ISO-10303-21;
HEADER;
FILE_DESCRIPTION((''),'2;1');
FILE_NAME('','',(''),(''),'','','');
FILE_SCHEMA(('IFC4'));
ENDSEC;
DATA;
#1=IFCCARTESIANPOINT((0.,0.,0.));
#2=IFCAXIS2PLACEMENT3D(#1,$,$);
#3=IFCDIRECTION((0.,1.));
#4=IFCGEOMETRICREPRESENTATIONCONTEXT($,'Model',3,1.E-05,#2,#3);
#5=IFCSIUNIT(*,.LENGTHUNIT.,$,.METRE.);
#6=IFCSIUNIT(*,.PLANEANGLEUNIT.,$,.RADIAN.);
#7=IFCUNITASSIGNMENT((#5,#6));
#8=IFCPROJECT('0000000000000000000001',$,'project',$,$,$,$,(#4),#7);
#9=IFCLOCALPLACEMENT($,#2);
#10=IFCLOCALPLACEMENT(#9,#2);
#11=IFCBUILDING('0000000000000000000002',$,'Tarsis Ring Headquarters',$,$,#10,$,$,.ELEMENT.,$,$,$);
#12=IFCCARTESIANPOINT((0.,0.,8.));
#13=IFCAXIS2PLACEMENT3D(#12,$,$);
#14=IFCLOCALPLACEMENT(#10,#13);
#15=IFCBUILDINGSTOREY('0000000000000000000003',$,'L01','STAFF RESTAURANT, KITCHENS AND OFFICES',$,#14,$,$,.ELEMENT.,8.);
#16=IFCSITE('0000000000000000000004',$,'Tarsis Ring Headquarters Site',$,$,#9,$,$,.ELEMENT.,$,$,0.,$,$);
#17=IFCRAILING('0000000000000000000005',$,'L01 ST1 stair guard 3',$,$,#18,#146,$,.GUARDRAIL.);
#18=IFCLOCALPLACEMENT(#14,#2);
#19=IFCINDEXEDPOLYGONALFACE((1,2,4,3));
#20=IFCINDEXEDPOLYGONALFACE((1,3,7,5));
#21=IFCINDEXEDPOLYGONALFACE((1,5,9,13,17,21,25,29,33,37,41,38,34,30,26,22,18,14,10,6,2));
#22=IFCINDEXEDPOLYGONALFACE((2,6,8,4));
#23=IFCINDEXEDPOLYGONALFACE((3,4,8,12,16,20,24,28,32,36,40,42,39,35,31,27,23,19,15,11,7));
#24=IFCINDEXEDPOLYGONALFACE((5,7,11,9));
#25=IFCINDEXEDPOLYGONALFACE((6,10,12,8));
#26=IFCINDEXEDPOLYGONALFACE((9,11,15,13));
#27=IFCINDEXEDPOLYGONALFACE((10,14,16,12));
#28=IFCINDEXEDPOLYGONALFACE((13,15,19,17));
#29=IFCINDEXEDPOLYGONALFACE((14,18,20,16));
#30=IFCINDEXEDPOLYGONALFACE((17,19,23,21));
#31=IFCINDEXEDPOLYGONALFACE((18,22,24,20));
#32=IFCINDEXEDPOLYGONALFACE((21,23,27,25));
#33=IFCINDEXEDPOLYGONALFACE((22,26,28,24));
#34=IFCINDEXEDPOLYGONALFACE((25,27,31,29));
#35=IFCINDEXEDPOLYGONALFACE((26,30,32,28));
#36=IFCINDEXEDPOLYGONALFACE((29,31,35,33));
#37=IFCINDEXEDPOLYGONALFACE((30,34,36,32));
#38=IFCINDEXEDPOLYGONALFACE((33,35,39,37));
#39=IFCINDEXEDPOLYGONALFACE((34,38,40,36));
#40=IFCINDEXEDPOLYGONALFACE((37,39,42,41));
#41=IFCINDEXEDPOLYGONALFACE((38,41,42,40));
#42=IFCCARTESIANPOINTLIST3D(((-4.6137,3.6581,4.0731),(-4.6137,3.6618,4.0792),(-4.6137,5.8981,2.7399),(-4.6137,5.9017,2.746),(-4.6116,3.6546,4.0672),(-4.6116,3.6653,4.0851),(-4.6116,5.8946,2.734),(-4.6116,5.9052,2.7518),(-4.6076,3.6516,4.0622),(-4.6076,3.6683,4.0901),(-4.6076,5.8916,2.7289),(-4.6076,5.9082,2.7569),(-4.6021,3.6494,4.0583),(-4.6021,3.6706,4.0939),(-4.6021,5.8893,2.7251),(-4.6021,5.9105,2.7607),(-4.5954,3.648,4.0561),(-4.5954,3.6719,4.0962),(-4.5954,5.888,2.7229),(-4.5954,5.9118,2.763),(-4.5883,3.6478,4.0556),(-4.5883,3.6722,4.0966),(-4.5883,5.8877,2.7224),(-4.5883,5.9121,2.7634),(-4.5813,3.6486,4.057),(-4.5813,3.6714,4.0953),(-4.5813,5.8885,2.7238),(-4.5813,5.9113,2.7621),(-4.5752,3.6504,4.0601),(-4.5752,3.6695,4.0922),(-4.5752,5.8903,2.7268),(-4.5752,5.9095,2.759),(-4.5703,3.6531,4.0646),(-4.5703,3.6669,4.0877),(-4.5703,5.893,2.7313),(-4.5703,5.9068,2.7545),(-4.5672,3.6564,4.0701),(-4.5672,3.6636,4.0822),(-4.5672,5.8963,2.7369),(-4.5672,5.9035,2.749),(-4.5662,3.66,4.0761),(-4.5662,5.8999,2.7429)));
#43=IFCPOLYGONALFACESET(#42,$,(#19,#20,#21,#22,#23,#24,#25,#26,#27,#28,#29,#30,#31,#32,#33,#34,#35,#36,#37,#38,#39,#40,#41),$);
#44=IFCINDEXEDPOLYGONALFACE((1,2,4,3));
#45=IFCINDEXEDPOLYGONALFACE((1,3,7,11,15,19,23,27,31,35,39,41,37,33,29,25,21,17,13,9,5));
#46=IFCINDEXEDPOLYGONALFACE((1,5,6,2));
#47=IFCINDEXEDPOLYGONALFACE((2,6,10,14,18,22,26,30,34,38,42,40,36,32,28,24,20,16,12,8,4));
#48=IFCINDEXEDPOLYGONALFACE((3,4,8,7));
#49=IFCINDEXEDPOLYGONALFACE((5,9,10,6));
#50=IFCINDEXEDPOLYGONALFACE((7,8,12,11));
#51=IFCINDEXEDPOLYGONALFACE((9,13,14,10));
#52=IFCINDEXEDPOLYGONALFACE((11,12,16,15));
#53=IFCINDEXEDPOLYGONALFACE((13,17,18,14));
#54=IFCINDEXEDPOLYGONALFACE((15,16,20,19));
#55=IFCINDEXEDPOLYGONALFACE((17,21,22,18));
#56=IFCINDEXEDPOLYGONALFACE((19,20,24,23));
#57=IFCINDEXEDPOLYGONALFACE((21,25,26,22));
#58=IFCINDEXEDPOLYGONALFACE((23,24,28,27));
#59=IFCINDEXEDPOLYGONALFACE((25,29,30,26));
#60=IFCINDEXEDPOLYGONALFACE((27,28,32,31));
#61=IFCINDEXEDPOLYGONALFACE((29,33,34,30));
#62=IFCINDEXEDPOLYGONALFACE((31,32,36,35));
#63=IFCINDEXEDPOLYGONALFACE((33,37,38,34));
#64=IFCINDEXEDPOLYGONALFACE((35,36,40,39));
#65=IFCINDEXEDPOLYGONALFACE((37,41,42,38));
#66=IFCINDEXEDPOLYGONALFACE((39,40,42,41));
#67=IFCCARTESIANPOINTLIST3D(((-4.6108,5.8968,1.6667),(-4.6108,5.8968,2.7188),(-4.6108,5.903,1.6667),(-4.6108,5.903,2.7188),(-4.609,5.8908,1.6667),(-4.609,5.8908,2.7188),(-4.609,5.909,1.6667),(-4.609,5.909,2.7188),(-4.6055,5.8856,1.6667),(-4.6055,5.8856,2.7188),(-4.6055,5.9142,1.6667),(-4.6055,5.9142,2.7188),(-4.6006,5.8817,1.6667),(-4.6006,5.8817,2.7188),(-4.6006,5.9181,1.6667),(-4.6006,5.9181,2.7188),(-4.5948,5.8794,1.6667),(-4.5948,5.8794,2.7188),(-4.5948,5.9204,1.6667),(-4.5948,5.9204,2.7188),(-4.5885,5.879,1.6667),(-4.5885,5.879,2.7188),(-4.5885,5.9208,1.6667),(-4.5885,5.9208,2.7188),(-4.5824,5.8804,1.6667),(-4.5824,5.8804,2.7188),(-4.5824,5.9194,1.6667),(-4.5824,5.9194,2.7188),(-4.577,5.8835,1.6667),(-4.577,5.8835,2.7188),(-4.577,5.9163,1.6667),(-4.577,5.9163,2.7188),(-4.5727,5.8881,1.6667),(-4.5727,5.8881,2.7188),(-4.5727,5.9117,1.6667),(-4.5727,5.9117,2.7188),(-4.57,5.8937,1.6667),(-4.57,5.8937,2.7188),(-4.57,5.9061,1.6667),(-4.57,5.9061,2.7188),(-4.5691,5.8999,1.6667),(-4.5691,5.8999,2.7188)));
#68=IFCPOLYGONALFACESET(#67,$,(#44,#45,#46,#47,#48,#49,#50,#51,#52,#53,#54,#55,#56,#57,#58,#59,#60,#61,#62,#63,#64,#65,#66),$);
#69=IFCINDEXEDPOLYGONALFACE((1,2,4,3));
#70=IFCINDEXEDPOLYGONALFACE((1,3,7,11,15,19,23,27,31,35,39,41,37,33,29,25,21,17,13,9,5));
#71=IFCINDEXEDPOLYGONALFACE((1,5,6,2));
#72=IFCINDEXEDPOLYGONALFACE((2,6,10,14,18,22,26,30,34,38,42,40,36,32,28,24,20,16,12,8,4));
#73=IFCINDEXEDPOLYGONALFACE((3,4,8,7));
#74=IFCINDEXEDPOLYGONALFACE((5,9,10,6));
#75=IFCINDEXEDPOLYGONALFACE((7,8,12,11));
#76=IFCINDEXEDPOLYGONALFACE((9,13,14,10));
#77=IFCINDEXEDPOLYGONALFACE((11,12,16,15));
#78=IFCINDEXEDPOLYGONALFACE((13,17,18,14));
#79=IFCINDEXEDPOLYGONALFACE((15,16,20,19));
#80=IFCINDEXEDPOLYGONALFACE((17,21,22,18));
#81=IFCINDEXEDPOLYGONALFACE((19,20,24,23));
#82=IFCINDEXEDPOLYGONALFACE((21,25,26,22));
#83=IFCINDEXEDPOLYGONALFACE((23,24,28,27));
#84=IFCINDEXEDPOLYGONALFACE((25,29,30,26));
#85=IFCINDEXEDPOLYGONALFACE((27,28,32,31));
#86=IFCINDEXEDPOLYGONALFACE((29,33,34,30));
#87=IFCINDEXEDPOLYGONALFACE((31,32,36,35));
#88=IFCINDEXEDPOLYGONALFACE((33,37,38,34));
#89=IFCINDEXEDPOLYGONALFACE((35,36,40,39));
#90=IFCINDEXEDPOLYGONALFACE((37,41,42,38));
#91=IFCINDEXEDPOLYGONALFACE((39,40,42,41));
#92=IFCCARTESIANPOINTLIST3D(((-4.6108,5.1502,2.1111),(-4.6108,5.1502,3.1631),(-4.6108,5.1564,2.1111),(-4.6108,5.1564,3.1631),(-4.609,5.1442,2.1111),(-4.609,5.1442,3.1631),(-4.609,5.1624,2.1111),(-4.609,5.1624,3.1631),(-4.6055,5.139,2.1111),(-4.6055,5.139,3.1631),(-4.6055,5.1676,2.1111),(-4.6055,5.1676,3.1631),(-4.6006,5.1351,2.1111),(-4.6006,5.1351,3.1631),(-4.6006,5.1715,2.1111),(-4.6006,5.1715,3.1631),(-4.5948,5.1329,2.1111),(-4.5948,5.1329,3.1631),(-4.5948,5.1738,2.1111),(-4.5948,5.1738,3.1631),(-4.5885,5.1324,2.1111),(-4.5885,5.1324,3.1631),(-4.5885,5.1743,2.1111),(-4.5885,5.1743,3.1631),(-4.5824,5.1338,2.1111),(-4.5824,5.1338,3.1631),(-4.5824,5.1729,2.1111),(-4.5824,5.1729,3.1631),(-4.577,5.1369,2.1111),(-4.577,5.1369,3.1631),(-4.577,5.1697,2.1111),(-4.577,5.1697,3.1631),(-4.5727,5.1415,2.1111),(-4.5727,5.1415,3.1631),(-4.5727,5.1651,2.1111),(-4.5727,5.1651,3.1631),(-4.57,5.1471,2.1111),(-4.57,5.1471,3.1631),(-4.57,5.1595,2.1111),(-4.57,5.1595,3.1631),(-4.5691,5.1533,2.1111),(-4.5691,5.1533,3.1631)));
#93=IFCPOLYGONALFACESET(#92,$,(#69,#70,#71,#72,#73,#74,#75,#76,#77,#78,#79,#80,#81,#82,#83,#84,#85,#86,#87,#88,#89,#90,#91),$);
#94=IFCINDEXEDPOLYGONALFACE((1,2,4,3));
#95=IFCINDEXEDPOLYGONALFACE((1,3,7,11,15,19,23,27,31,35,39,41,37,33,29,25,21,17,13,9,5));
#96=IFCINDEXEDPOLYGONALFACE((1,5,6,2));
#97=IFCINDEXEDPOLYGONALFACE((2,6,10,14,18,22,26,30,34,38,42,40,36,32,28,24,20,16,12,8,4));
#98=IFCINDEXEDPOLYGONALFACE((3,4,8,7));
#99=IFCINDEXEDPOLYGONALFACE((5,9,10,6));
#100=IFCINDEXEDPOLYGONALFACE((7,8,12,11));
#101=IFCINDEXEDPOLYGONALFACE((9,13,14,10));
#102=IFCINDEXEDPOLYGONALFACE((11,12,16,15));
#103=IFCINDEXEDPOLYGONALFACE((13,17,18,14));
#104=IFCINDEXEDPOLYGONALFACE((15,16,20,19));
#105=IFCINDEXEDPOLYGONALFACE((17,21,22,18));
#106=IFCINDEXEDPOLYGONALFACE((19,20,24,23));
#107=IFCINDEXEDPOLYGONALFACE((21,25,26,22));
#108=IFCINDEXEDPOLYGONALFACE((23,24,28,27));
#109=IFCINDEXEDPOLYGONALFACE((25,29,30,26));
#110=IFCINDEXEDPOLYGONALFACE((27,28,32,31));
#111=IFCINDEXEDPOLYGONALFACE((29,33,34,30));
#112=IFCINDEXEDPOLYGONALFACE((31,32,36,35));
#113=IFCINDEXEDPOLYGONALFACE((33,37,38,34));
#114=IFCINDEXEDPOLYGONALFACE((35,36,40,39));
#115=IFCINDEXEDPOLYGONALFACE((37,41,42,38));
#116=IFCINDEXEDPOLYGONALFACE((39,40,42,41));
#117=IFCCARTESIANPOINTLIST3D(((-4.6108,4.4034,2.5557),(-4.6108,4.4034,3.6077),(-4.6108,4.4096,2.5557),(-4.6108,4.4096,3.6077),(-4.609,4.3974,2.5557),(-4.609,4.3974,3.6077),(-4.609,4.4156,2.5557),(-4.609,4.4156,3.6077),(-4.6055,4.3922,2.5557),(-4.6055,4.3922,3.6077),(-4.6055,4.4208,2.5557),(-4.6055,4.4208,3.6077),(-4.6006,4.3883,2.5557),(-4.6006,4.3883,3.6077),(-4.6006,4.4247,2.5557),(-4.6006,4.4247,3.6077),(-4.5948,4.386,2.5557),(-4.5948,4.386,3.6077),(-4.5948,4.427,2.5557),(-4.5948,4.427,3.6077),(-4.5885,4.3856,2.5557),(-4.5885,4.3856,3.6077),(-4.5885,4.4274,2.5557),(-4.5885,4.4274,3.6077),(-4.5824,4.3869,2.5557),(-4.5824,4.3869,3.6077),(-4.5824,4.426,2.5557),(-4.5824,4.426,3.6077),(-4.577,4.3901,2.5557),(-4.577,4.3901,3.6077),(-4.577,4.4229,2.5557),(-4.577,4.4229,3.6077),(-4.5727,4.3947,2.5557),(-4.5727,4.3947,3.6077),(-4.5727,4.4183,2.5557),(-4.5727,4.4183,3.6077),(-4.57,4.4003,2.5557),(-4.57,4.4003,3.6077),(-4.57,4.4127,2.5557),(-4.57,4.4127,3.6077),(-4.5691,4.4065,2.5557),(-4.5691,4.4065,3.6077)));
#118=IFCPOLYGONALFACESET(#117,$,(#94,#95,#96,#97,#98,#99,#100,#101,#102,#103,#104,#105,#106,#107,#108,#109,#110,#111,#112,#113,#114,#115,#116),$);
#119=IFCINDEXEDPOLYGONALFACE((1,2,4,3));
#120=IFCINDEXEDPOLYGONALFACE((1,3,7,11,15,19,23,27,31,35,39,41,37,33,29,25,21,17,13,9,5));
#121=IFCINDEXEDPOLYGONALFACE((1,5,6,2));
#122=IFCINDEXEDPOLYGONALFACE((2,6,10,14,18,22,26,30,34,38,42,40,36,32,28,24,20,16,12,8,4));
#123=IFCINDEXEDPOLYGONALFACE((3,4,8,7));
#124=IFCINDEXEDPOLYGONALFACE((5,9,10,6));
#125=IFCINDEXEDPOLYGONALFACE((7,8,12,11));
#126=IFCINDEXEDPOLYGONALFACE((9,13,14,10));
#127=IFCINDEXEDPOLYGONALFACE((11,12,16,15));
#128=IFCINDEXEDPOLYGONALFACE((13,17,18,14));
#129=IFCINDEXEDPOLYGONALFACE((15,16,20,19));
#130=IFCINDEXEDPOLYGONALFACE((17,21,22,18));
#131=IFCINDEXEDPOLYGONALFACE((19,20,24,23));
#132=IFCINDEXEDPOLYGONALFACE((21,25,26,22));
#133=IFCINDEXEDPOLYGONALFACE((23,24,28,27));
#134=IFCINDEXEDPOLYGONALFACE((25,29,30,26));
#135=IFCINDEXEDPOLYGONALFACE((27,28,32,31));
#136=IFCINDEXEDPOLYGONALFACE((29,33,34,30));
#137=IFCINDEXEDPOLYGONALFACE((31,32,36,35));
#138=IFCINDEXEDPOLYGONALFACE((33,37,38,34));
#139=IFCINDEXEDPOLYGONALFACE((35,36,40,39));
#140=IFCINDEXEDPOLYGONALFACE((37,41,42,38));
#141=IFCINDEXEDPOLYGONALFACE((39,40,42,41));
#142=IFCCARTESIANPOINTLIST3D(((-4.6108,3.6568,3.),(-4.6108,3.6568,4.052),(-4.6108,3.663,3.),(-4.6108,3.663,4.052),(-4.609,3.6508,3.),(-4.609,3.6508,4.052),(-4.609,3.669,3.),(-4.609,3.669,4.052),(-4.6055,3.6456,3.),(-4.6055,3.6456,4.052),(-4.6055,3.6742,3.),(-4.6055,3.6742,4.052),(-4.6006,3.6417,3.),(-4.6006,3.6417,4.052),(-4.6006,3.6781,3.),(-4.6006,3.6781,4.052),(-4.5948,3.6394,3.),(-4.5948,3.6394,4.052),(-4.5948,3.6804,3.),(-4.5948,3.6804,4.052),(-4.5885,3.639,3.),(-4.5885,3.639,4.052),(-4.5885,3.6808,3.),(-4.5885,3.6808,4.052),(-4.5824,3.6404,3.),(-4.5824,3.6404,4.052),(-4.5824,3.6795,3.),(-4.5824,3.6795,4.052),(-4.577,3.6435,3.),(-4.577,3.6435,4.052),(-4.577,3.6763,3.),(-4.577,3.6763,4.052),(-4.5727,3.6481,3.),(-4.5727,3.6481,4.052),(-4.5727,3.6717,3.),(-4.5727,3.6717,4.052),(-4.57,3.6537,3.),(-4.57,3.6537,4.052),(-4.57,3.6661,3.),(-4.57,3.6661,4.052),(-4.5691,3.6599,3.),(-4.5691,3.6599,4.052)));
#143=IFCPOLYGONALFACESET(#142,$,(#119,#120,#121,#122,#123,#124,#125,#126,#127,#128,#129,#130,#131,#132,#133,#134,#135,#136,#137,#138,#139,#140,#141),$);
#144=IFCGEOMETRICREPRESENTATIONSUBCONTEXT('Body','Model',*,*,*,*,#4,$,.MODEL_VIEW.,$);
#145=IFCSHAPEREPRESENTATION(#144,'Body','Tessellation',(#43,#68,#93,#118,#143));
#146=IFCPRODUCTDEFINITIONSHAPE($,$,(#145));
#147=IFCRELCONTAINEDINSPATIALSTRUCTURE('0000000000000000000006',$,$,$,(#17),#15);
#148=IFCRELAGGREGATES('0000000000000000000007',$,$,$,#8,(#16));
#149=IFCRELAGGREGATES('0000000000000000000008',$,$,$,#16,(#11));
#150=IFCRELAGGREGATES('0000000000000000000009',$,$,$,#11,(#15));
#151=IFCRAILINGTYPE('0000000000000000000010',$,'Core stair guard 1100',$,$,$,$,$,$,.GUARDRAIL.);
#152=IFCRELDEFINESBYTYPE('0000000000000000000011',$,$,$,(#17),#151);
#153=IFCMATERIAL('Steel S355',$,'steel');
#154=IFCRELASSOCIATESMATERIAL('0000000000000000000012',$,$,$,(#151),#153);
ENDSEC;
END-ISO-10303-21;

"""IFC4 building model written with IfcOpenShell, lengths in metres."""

from ifc_helpers import new_model, si_unit, direction, frame, origin, origin_2d, place, context, subcontext, project, spatial, circle, extrude, material, type_object, element, save


model = new_model("IFC4")

# Units and contexts
model_context = context("Model", 3, precision=1e-05, world=origin(), true_north=direction((0.0, 1.0)))
body_context = subcontext(model_context, "Body", "Model", "MODEL_VIEW")
ifc_project = project(units=[si_unit("LENGTHUNIT", "METRE"), si_unit("PLANEANGLEUNIT", "RADIAN")], contexts=[model_context])

# Site, building, storey
site_placement = place(None, origin())
site = spatial("IfcSite", under=ifc_project, at=site_placement, Name="Tarsis Ring Headquarters Site", CompositionType="ELEMENT", RefElevation=0.0)
building_placement = place(site_placement, origin())
building = spatial("IfcBuilding", under=site, at=building_placement, Name="Tarsis Ring Headquarters", CompositionType="ELEMENT")
storey_placement = place(building_placement, frame((0.0, 0.0, 8.0)))
storey = spatial("IfcBuildingStorey", under=building, at=storey_placement, Name="L01", Description="STAFF RESTAURANT, KITCHENS AND OFFICES", CompositionType="ELEMENT", Elevation=8.0)

# Shared definitions
ifc_material_1 = material(Name="Steel S355", Category="steel")

# Railing
railing_type_1 = type_object("IfcRailingType", Name="Core stair guard 1100", PredefinedType="GUARDRAIL", material=ifc_material_1)
railing_1_placement = place(storey_placement, frame((-4.5901, 5.8999, 1.6667)))
element("IfcRailing", 1, at=railing_1_placement, inside=storey, type_object=railing_type_1, Name="L01 ST1 stair guard 3", PredefinedType="GUARDRAIL", context=body_context, shape_type="SweptSolid", body=[
    extrude(circle(Radius=0.0239, at=origin_2d()), frame((0.0, 0.0, 1.0762), z_axis=(0.0, -0.859306, 0.511462), x_axis=(1.0, 0.0, 0.0)), (0.0, 0.0, 1.0), 2.6067),
    extrude(circle(Radius=0.021, at=origin_2d()), origin(), (0.0, 0.0, 1.0), 1.052),
    extrude(circle(Radius=0.021, at=origin_2d()), frame((0.0, -0.7466, 0.4443)), (0.0, 0.0, 1.0), 1.052),
    extrude(circle(Radius=0.021, at=origin_2d()), frame((0.0, -1.4934, 0.8889)), (0.0, 0.0, 1.0), 1.052),
    extrude(circle(Radius=0.021, at=origin_2d()), frame((0.0, -2.24, 1.3333)), (0.0, 0.0, 1.0), 1.052),
])

save(model, "model.ifc")
